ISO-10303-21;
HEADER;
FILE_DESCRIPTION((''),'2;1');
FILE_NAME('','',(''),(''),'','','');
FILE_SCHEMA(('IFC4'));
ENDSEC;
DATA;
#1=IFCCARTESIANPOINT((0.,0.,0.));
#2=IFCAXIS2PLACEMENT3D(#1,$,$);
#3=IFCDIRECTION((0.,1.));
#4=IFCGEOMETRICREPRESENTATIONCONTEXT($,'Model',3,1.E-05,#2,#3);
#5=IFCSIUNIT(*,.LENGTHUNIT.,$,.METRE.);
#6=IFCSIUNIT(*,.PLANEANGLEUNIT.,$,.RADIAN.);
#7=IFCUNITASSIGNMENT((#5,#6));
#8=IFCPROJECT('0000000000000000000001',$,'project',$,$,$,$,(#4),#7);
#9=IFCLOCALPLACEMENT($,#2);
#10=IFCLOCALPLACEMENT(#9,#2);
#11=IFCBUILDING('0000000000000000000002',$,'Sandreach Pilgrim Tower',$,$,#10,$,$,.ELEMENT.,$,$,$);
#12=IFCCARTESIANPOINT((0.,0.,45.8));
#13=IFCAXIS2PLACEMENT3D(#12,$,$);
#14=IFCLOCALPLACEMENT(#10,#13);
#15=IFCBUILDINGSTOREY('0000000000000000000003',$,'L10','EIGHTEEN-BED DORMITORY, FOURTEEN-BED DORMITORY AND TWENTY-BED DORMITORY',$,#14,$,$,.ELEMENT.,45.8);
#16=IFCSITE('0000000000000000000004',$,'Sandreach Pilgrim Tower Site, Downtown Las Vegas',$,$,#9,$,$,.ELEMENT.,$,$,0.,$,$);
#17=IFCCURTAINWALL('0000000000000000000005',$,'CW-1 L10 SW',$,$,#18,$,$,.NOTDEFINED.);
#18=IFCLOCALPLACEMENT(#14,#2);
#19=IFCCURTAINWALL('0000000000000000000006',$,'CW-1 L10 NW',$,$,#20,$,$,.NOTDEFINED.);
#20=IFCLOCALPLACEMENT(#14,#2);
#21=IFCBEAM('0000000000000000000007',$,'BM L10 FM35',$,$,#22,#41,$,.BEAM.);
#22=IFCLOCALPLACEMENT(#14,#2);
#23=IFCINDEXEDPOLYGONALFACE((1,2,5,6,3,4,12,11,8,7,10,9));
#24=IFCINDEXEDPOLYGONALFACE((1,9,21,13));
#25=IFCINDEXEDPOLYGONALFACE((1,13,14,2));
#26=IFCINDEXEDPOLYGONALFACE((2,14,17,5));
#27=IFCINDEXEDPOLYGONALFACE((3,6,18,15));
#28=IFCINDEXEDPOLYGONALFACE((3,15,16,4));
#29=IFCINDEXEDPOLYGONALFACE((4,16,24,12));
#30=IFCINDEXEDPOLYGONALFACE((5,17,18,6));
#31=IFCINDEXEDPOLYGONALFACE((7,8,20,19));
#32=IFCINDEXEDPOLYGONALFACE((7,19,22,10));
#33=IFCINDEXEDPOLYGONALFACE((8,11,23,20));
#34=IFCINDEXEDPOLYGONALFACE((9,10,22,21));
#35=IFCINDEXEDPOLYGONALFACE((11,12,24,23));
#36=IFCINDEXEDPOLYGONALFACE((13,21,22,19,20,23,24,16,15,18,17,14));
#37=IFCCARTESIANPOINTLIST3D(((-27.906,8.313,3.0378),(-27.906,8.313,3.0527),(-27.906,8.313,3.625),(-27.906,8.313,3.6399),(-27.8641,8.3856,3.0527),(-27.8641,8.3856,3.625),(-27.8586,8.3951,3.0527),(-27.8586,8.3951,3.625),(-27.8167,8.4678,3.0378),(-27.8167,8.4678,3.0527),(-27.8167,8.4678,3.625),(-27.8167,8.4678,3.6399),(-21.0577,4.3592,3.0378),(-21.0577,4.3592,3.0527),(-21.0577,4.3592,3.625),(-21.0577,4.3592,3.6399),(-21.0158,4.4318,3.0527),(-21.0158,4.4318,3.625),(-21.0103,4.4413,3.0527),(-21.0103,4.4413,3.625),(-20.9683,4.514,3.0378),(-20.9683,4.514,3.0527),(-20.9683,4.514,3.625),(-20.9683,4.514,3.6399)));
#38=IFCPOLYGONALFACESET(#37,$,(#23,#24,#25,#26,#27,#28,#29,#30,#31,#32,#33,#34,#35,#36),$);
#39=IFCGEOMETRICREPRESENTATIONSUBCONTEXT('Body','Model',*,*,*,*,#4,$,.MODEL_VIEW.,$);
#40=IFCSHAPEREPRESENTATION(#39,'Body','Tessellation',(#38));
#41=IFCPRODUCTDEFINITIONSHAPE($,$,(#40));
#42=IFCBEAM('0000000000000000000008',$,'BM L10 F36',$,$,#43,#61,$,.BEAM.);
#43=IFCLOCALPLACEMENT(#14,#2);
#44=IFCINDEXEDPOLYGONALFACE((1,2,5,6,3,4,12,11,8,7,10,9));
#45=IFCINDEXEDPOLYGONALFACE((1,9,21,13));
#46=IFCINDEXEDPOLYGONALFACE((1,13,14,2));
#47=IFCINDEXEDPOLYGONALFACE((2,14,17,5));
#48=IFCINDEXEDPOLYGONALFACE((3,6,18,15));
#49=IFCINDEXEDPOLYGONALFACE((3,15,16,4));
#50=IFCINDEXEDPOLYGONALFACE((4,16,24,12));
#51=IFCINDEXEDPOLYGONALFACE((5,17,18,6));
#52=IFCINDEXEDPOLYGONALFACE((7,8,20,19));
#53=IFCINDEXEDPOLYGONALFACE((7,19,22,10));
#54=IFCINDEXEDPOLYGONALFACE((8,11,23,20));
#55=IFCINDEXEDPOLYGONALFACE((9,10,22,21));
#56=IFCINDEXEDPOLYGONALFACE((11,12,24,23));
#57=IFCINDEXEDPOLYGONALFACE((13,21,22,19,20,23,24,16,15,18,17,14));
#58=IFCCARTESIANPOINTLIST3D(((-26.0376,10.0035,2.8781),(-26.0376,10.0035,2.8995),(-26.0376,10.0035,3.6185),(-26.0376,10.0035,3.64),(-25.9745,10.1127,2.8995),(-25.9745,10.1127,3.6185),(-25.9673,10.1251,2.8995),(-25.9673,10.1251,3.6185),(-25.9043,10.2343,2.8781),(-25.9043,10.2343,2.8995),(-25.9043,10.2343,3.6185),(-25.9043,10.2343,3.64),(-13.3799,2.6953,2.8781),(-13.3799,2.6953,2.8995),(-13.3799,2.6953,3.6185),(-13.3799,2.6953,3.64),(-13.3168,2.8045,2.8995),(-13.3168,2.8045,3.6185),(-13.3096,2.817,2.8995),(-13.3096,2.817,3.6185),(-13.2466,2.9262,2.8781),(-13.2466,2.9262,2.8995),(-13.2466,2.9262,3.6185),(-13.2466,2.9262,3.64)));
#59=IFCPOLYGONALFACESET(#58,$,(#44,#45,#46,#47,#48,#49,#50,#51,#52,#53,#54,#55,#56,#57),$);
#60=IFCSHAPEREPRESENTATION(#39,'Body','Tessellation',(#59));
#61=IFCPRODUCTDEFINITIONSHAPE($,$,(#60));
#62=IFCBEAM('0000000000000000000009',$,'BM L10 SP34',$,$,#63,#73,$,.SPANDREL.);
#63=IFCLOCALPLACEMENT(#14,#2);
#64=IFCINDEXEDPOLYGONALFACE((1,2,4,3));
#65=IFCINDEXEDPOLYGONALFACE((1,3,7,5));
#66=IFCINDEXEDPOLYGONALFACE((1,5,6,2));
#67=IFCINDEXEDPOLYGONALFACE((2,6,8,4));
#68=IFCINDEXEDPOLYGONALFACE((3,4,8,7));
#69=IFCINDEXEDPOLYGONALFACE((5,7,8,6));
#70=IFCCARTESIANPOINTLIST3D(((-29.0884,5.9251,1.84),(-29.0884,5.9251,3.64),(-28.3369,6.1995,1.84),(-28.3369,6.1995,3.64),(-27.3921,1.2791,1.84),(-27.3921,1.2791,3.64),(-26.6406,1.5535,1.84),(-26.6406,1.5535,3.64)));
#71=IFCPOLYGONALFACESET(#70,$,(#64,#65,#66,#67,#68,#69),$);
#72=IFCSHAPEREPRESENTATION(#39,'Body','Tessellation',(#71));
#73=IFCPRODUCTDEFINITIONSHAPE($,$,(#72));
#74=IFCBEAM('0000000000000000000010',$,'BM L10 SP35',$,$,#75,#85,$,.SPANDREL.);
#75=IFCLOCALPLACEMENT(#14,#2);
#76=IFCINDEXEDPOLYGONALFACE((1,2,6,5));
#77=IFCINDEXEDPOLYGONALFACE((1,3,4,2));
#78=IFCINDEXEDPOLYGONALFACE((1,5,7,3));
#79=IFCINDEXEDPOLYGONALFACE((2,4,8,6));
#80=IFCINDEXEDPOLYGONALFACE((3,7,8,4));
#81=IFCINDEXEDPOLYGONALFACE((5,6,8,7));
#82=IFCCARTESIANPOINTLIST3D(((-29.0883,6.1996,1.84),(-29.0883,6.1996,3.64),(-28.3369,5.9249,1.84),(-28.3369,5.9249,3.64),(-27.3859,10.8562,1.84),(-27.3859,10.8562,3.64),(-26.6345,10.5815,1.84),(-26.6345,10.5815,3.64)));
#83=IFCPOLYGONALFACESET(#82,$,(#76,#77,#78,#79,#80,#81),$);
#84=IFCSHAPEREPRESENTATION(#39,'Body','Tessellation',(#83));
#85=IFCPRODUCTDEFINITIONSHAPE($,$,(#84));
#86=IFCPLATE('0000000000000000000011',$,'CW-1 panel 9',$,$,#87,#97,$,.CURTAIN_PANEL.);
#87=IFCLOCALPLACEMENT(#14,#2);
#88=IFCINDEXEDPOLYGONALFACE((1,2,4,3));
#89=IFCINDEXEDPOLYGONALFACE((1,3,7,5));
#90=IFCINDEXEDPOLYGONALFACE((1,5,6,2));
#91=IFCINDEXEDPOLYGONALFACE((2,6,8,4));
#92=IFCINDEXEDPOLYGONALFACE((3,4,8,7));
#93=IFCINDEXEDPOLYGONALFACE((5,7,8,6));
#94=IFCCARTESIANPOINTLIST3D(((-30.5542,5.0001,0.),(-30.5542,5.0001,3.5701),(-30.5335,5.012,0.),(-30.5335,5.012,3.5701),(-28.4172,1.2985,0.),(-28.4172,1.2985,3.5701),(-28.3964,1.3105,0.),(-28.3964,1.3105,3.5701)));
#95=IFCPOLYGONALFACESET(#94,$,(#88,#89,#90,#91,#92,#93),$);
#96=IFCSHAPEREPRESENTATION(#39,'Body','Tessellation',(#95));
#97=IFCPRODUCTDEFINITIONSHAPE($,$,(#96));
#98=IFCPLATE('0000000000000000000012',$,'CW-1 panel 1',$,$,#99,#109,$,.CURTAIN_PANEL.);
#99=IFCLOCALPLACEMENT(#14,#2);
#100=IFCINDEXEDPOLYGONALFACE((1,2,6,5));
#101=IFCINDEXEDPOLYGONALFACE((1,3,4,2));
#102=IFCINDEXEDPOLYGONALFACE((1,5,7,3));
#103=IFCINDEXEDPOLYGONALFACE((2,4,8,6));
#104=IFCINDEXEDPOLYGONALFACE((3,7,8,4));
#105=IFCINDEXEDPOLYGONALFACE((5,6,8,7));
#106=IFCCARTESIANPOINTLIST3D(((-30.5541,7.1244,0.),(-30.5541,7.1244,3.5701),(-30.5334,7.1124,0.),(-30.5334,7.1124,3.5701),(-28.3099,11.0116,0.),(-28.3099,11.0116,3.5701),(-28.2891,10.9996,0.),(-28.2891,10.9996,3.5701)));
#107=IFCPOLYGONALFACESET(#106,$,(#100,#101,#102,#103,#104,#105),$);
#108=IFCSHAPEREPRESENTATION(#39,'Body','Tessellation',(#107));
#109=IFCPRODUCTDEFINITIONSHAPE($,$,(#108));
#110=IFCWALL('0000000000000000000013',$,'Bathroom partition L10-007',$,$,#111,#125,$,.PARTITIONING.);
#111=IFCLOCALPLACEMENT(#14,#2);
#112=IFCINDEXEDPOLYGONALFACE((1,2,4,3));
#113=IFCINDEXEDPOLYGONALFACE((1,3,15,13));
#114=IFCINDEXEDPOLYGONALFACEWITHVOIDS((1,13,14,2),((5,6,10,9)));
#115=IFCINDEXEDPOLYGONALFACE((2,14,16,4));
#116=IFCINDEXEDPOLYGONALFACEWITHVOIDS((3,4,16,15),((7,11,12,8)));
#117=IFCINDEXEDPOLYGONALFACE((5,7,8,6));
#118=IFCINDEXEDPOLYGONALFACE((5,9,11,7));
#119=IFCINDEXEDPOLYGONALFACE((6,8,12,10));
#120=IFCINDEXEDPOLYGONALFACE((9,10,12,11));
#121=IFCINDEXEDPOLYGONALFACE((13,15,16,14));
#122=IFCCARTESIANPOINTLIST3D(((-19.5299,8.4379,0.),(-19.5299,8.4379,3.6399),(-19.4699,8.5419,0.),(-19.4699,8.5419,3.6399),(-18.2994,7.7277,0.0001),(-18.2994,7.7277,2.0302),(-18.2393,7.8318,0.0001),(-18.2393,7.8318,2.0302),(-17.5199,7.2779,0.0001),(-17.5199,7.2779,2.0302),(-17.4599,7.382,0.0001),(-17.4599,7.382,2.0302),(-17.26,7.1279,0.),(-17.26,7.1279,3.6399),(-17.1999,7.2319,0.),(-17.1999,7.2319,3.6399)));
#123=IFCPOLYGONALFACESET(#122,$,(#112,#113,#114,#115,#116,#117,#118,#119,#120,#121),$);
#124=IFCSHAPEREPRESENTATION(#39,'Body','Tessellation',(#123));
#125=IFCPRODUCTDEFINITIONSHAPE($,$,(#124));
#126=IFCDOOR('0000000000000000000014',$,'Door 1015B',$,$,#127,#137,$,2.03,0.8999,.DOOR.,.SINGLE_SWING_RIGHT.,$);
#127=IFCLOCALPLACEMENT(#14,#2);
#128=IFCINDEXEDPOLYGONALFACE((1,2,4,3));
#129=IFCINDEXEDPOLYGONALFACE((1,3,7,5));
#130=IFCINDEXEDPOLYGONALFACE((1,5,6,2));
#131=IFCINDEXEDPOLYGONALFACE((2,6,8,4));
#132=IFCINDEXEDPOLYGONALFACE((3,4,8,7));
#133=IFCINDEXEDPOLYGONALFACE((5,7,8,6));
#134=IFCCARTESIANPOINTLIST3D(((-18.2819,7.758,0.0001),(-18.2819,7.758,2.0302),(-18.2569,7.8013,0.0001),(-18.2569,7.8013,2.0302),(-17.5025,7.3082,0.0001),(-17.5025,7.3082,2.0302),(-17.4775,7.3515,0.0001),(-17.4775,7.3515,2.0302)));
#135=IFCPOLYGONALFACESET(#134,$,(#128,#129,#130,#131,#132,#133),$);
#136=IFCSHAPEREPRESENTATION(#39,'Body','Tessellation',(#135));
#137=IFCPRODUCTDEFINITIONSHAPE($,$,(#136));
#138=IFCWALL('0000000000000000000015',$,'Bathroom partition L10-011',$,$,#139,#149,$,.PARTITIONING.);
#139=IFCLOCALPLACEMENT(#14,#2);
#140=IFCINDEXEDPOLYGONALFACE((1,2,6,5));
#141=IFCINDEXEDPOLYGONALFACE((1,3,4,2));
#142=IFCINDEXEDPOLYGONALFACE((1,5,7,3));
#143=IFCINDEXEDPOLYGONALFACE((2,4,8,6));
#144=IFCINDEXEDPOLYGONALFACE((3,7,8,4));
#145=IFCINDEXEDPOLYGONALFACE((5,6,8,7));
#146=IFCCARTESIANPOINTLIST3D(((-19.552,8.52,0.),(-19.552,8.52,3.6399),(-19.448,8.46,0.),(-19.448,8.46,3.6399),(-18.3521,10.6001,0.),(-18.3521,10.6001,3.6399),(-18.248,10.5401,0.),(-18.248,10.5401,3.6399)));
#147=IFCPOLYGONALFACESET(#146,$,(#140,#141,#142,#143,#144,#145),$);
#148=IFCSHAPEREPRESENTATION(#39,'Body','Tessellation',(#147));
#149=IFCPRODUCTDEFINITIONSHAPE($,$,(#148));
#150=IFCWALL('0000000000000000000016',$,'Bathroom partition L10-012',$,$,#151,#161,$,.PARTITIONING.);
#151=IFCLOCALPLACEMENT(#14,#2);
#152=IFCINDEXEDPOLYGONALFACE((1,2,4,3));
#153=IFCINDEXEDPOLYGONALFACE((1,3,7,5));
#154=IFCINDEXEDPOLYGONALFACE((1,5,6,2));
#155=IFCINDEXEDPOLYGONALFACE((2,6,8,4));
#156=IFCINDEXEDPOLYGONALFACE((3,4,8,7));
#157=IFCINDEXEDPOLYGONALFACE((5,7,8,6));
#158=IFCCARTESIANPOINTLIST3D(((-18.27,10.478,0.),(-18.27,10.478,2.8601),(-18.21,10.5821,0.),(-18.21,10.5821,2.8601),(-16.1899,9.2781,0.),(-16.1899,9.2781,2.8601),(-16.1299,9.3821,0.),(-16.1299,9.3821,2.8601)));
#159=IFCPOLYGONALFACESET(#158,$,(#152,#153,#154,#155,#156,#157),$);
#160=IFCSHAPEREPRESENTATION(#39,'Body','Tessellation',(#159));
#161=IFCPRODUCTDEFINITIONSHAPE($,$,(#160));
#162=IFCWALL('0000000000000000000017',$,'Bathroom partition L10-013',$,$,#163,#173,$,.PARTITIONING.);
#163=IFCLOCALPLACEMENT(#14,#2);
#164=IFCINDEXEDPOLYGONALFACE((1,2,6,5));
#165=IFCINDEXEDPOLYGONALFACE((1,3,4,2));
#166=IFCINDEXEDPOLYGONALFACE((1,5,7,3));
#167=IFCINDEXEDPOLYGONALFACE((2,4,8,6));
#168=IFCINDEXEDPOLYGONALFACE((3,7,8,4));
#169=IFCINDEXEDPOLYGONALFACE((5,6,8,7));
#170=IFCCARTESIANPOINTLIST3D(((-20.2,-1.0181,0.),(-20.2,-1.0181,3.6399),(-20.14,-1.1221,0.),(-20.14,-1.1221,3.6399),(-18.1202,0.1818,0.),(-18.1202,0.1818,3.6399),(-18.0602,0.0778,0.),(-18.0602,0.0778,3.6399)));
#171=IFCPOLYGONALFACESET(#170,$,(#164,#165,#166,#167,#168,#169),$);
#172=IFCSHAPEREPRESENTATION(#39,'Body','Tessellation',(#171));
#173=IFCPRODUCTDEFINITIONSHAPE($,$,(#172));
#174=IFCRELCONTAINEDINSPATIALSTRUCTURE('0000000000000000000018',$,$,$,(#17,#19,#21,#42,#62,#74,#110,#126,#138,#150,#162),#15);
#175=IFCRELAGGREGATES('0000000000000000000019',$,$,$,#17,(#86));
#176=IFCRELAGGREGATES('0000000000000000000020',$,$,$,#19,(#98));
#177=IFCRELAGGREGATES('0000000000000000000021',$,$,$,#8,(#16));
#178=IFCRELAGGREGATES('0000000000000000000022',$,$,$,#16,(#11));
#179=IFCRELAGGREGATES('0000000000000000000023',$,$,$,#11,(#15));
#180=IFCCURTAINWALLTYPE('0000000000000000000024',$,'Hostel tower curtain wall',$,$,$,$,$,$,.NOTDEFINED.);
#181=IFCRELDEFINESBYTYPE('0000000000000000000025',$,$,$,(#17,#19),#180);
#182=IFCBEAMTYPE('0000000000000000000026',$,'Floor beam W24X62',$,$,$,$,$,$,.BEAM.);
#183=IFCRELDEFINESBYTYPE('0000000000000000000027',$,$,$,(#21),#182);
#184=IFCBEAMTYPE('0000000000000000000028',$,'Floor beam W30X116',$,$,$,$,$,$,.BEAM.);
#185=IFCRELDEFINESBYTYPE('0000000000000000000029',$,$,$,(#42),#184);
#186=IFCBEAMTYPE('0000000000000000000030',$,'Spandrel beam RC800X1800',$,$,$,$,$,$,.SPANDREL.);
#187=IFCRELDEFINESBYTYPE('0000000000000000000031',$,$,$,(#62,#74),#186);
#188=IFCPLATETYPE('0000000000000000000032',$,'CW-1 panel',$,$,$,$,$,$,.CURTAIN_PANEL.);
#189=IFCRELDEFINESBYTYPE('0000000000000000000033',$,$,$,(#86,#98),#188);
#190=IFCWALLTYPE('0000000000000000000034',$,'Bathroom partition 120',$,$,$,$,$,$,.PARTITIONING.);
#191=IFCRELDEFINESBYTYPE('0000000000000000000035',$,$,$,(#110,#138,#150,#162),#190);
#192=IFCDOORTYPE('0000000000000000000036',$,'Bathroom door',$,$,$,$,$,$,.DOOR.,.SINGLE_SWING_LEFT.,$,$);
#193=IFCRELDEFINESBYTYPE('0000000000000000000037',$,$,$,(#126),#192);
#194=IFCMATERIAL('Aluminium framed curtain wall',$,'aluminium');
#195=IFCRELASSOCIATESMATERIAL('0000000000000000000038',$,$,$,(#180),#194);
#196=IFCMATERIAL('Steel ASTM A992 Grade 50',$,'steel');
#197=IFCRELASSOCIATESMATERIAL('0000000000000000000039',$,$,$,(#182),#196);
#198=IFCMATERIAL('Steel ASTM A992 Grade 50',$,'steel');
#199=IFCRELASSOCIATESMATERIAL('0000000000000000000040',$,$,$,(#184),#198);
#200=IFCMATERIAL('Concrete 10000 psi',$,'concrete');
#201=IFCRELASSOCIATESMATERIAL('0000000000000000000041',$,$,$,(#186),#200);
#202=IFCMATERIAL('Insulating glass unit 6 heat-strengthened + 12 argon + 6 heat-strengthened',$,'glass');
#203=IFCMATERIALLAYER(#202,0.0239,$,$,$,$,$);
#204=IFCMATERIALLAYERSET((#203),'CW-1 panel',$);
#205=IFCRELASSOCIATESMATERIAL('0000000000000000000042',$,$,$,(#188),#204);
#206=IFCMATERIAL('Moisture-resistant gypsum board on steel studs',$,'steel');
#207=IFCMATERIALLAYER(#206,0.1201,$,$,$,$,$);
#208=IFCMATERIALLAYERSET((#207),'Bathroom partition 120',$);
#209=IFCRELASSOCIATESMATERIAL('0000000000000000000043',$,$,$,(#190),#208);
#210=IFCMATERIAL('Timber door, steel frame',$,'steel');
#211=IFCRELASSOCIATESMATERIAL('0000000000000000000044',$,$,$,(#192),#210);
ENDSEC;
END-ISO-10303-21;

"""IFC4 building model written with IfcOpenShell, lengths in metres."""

from ifc_helpers import new_model, si_unit, direction, frame, frame_2d, origin, origin_2d, place, context, subcontext, project, spatial, rectangle, i_section, extrude, material, layer, layer_set, material_profile, profile_set, type_object, element, fill, aggregate, save


model = new_model("IFC4")

# Units and contexts
model_context = context("Model", 3, precision=1e-05, world=origin(), true_north=direction((0.0, 1.0)))
body_context = subcontext(model_context, "Body", "Model", "MODEL_VIEW")
ifc_project = project(units=[si_unit("LENGTHUNIT", "METRE"), si_unit("PLANEANGLEUNIT", "RADIAN")], contexts=[model_context])

# Site, building, storey
site_placement = place(None, origin())
site = spatial("IfcSite", under=ifc_project, at=site_placement, Name="Sandreach Pilgrim Tower Site, Downtown Las Vegas", CompositionType="ELEMENT", RefElevation=0.0)
building_placement = place(site_placement, origin())
building = spatial("IfcBuilding", under=site, at=building_placement, Name="Sandreach Pilgrim Tower", CompositionType="ELEMENT")
storey_placement = place(building_placement, frame((0.0, 0.0, 45.8)))
storey = spatial("IfcBuildingStorey", under=building, at=storey_placement, Name="L10", Description="EIGHTEEN-BED DORMITORY, FOURTEEN-BED DORMITORY AND TWENTY-BED DORMITORY", CompositionType="ELEMENT", Elevation=45.8)

# Curtain wall
ifc_material_1 = material(Name="Aluminium framed curtain wall", Category="aluminium")
curtain_wall_type = type_object("IfcCurtainWallType", Name="Hostel tower curtain wall", PredefinedType="NOTDEFINED", material=ifc_material_1)
curtain_wall_1_placement = place(storey_placement, origin())
curtain_wall_1 = element("IfcCurtainWall", 1, at=curtain_wall_1_placement, inside=storey, type_object=curtain_wall_type, Name="CW-1 L10 SW", PredefinedType="NOTDEFINED")

# Curtain wall
curtain_wall_2_placement = place(storey_placement, origin())
curtain_wall_2 = element("IfcCurtainWall", 2, at=curtain_wall_2_placement, inside=storey, type_object=curtain_wall_type, Name="CW-1 L10 NW", PredefinedType="NOTDEFINED")

# Beams
ifc_material_2 = material(Name="Steel ASTM A992 Grade 50", Category="steel")
ifc_material_profile_1 = material_profile(ifc_material_2, i_section(OverallWidth=0.1787, OverallDepth=0.6021, WebThickness=0.011, FlangeThickness=0.0149, at=origin_2d()), Name="W24X62")
ifc_profile_set_1 = profile_set([ifc_material_profile_1], Name="Steel ASTM A992 Grade 50")
beam_type_1 = type_object("IfcBeamType", Name="Floor beam W24X62", PredefinedType="BEAM", material=ifc_profile_set_1)
beam_1_placement = place(storey_placement, frame((-27.8613, 8.3904, 3.3389), z_axis=(0.866029, -0.499994, 0.0), x_axis=(0.499994, 0.866029, 0.0)))
element("IfcBeam", 3, at=beam_1_placement, inside=storey, type_object=beam_type_1, Name="BM L10 FM35", PredefinedType="BEAM", context=body_context, shape_type="SweptSolid", body=[
    extrude(i_section(OverallWidth=0.1787, OverallDepth=0.6021, WebThickness=0.011, FlangeThickness=0.0149, at=origin_2d()), origin(), (0.0, 0.0, 1.0), 7.9077),
])
ifc_material_3 = material(Name="Steel ASTM A992 Grade 50", Category="steel")
ifc_material_profile_2 = material_profile(ifc_material_3, i_section(OverallWidth=0.2666, OverallDepth=0.762, WebThickness=0.0144, FlangeThickness=0.0215, at=origin_2d()), Name="W30X116")
ifc_profile_set_2 = profile_set([ifc_material_profile_2], Name="Steel ASTM A992 Grade 50")
beam_type_2 = type_object("IfcBeamType", Name="Floor beam W30X116", PredefinedType="BEAM", material=ifc_profile_set_2)
beam_2_placement = place(storey_placement, frame((-25.9709, 10.1189, 3.259), z_axis=(0.86602, -0.500009, 0.0), x_axis=(0.500009, 0.86602, 0.0)))
element("IfcBeam", 4, at=beam_2_placement, inside=storey, type_object=beam_type_2, Name="BM L10 F36", PredefinedType="BEAM", context=body_context, shape_type="SweptSolid", body=[
    extrude(i_section(OverallWidth=0.2666, OverallDepth=0.762, WebThickness=0.0144, FlangeThickness=0.0215, at=origin_2d()), origin(), (0.0, 0.0, 1.0), 14.616),
])
ifc_material_4 = material(Name="Concrete 10000 psi", Category="concrete")
ifc_material_profile_3 = material_profile(ifc_material_4, rectangle(XDim=0.8, YDim=1.8, at=origin_2d()), Name="RC800X1800")
ifc_profile_set_3 = profile_set([ifc_material_profile_3], Name="Concrete 10000 psi")
beam_type_3 = type_object("IfcBeamType", Name="Spandrel beam RC800X1800", PredefinedType="SPANDREL", material=ifc_profile_set_3)
beam_3_placement = place(storey_placement, frame((-27.0164, 1.4163, 2.74), z_axis=(-0.342963, 0.939349, 0.0), x_axis=(-0.939349, -0.342963, 0.0)))
element("IfcBeam", 5, at=beam_3_placement, inside=storey, type_object=beam_type_3, Name="BM L10 SP34", PredefinedType="SPANDREL", context=body_context, shape_type="SweptSolid", body=[
    extrude(rectangle(XDim=0.8, YDim=1.8, at=origin_2d()), origin(), (0.0, 0.0, 1.0), 4.946),
])
beam_4_placement = place(storey_placement, frame((-28.7126, 6.0623, 2.74), z_axis=(0.343368, 0.939201, 0.0), x_axis=(-0.939201, 0.343368, 0.0)))
element("IfcBeam", 6, at=beam_4_placement, inside=storey, type_object=beam_type_3, Name="BM L10 SP35", PredefinedType="SPANDREL", context=body_context, shape_type="SweptSolid", body=[
    extrude(rectangle(XDim=0.8, YDim=1.8, at=origin_2d()), origin(), (0.0, 0.0, 1.0), 4.958),
])

# Plates
ifc_material_5 = material(Name="Insulating glass unit 6 heat-strengthened + 12 argon + 6 heat-strengthened", Category="glass")
ifc_layer_1 = layer(ifc_material_5, 0.0239)
ifc_layer_set_1 = layer_set([ifc_layer_1], Name="CW-1 panel")
plate_type = type_object("IfcPlateType", Name="CW-1 panel", PredefinedType="CURTAIN_PANEL", material=ifc_layer_set_1)
plate_1_placement = place(storey_placement, frame((-29.4753, 3.1553, 0.0), z_axis=(0.0, 0.0, 1.0), x_axis=(-0.5, 0.866025, 0.0)))
plate_1 = element("IfcPlate", 7, at=plate_1_placement, type_object=plate_type, Name="CW-1 panel 9", PredefinedType="CURTAIN_PANEL", context=body_context, shape_type="SweptSolid", body=[
    extrude(rectangle(XDim=4.2742, YDim=0.0239, at=origin_2d()), origin(), (0.0, 0.0, 1.0), 3.5701),
])
aggregate(curtain_wall_1, [plate_1])
plate_2_placement = place(storey_placement, frame((-29.4216, 9.062, 0.0), z_axis=(0.0, 0.0, 1.0), x_axis=(0.5, 0.866025, 0.0)))
plate_2 = element("IfcPlate", 8, at=plate_2_placement, type_object=plate_type, Name="CW-1 panel 1", PredefinedType="CURTAIN_PANEL", context=body_context, shape_type="SweptSolid", body=[
    extrude(rectangle(XDim=4.4885, YDim=0.0239, at=origin_2d()), origin(), (0.0, 0.0, 1.0), 3.5701),
])
aggregate(curtain_wall_2, [plate_2])

# Wall, opening, door
ifc_material_6 = material(Name="Moisture-resistant gypsum board on steel studs", Category="steel")
ifc_layer_2 = layer(ifc_material_6, 0.1201)
ifc_layer_set_2 = layer_set([ifc_layer_2], Name="Bathroom partition 120")
wall_type_1 = type_object("IfcWallType", Name="Bathroom partition 120", PredefinedType="PARTITIONING", material=ifc_layer_set_2)
wall_1_placement = place(storey_placement, frame((-19.5, 8.49, 0.0), z_axis=(0.0, 0.0, 1.0), x_axis=(0.866114, -0.499846, 0.0)))
wall_1 = element("IfcWall", 9, at=wall_1_placement, inside=storey, type_object=wall_type_1, Name="Bathroom partition L10-007", PredefinedType="PARTITIONING", context=body_context, shape_type="SweptSolid", body=[
    extrude(rectangle(XDim=2.6208, YDim=0.1201, at=frame_2d((1.3105, 0.0))), origin(), (0.0, 0.0, 1.0), 3.6399),
])
opening_1_placement = place(wall_1_placement, frame((1.4209, 0.0, 0.0)))
opening_1 = element("IfcOpeningElement", 10, at=opening_1_placement, cuts=wall_1, PredefinedType="OPENING", context=body_context, shape_type="SweptSolid", body=[
    extrude(rectangle(XDim=0.8999, YDim=2.03, at=frame_2d((0.45, 1.0151))), frame((0.0, 0.0601, 0.0), z_axis=(0.0, -1.0, 0.0), x_axis=(1.0, 0.0, 0.0)), (0.0, 0.0, 1.0), 0.1201),
])
ifc_material_7 = material(Name="Timber door, steel frame", Category="steel")
door_type_1 = type_object("IfcDoorType", Name="Bathroom door", OperationType="SINGLE_SWING_LEFT", PredefinedType="DOOR", material=ifc_material_7)
door_1_placement = place(opening_1_placement, origin())
door_1 = element("IfcDoor", 11, at=door_1_placement, inside=storey, type_object=door_type_1, Name="Door 1015B", OperationType="SINGLE_SWING_RIGHT", OverallHeight=2.03, OverallWidth=0.8999, PredefinedType="DOOR", context=body_context, shape_type="SweptSolid", body=[
    extrude(rectangle(XDim=0.8999, YDim=2.03, at=frame_2d((0.45, 1.0151))), frame((0.0, 0.0249, 0.0), z_axis=(0.0, -1.0, 0.0), x_axis=(1.0, 0.0, 0.0)), (0.0, 0.0, 1.0), 0.05),
])
fill(opening_1, door_1)

# Walls
wall_2_placement = place(storey_placement, frame((-18.3, 10.5701, 0.0), z_axis=(0.0, 0.0, 1.0), x_axis=(-0.499693, -0.866203, 0.0)))
element("IfcWall", 12, at=wall_2_placement, inside=storey, type_object=wall_type_1, Name="Bathroom partition L10-011", PredefinedType="PARTITIONING", context=body_context, shape_type="SweptSolid", body=[
    extrude(rectangle(XDim=2.4014, YDim=0.1201, at=frame_2d((1.2007, 0.0))), origin(), (0.0, 0.0, 1.0), 3.6399),
])
wall_3_placement = place(storey_placement, frame((-18.24, 10.53, 0.0), z_axis=(0.0, 0.0, 1.0), x_axis=(0.866203, -0.499693, 0.0)))
element("IfcWall", 13, at=wall_3_placement, inside=storey, type_object=wall_type_1, Name="Bathroom partition L10-012", PredefinedType="PARTITIONING", context=body_context, shape_type="SweptSolid", body=[
    extrude(rectangle(XDim=2.4014, YDim=0.1201, at=frame_2d((1.2007, 0.0))), origin(), (0.0, 0.0, 1.0), 2.8601),
])
wall_4_placement = place(storey_placement, frame((-18.0901, 0.1299, 0.0), z_axis=(0.0, 0.0, 1.0), x_axis=(-0.866177, -0.499737, 0.0)))
element("IfcWall", 14, at=wall_4_placement, inside=storey, type_object=wall_type_1, Name="Bathroom partition L10-013", PredefinedType="PARTITIONING", context=body_context, shape_type="SweptSolid", body=[
    extrude(rectangle(XDim=2.4011, YDim=0.1201, at=frame_2d((1.2007, 0.0))), origin(), (0.0, 0.0, 1.0), 3.6399),
])

save(model, "model.ifc")
